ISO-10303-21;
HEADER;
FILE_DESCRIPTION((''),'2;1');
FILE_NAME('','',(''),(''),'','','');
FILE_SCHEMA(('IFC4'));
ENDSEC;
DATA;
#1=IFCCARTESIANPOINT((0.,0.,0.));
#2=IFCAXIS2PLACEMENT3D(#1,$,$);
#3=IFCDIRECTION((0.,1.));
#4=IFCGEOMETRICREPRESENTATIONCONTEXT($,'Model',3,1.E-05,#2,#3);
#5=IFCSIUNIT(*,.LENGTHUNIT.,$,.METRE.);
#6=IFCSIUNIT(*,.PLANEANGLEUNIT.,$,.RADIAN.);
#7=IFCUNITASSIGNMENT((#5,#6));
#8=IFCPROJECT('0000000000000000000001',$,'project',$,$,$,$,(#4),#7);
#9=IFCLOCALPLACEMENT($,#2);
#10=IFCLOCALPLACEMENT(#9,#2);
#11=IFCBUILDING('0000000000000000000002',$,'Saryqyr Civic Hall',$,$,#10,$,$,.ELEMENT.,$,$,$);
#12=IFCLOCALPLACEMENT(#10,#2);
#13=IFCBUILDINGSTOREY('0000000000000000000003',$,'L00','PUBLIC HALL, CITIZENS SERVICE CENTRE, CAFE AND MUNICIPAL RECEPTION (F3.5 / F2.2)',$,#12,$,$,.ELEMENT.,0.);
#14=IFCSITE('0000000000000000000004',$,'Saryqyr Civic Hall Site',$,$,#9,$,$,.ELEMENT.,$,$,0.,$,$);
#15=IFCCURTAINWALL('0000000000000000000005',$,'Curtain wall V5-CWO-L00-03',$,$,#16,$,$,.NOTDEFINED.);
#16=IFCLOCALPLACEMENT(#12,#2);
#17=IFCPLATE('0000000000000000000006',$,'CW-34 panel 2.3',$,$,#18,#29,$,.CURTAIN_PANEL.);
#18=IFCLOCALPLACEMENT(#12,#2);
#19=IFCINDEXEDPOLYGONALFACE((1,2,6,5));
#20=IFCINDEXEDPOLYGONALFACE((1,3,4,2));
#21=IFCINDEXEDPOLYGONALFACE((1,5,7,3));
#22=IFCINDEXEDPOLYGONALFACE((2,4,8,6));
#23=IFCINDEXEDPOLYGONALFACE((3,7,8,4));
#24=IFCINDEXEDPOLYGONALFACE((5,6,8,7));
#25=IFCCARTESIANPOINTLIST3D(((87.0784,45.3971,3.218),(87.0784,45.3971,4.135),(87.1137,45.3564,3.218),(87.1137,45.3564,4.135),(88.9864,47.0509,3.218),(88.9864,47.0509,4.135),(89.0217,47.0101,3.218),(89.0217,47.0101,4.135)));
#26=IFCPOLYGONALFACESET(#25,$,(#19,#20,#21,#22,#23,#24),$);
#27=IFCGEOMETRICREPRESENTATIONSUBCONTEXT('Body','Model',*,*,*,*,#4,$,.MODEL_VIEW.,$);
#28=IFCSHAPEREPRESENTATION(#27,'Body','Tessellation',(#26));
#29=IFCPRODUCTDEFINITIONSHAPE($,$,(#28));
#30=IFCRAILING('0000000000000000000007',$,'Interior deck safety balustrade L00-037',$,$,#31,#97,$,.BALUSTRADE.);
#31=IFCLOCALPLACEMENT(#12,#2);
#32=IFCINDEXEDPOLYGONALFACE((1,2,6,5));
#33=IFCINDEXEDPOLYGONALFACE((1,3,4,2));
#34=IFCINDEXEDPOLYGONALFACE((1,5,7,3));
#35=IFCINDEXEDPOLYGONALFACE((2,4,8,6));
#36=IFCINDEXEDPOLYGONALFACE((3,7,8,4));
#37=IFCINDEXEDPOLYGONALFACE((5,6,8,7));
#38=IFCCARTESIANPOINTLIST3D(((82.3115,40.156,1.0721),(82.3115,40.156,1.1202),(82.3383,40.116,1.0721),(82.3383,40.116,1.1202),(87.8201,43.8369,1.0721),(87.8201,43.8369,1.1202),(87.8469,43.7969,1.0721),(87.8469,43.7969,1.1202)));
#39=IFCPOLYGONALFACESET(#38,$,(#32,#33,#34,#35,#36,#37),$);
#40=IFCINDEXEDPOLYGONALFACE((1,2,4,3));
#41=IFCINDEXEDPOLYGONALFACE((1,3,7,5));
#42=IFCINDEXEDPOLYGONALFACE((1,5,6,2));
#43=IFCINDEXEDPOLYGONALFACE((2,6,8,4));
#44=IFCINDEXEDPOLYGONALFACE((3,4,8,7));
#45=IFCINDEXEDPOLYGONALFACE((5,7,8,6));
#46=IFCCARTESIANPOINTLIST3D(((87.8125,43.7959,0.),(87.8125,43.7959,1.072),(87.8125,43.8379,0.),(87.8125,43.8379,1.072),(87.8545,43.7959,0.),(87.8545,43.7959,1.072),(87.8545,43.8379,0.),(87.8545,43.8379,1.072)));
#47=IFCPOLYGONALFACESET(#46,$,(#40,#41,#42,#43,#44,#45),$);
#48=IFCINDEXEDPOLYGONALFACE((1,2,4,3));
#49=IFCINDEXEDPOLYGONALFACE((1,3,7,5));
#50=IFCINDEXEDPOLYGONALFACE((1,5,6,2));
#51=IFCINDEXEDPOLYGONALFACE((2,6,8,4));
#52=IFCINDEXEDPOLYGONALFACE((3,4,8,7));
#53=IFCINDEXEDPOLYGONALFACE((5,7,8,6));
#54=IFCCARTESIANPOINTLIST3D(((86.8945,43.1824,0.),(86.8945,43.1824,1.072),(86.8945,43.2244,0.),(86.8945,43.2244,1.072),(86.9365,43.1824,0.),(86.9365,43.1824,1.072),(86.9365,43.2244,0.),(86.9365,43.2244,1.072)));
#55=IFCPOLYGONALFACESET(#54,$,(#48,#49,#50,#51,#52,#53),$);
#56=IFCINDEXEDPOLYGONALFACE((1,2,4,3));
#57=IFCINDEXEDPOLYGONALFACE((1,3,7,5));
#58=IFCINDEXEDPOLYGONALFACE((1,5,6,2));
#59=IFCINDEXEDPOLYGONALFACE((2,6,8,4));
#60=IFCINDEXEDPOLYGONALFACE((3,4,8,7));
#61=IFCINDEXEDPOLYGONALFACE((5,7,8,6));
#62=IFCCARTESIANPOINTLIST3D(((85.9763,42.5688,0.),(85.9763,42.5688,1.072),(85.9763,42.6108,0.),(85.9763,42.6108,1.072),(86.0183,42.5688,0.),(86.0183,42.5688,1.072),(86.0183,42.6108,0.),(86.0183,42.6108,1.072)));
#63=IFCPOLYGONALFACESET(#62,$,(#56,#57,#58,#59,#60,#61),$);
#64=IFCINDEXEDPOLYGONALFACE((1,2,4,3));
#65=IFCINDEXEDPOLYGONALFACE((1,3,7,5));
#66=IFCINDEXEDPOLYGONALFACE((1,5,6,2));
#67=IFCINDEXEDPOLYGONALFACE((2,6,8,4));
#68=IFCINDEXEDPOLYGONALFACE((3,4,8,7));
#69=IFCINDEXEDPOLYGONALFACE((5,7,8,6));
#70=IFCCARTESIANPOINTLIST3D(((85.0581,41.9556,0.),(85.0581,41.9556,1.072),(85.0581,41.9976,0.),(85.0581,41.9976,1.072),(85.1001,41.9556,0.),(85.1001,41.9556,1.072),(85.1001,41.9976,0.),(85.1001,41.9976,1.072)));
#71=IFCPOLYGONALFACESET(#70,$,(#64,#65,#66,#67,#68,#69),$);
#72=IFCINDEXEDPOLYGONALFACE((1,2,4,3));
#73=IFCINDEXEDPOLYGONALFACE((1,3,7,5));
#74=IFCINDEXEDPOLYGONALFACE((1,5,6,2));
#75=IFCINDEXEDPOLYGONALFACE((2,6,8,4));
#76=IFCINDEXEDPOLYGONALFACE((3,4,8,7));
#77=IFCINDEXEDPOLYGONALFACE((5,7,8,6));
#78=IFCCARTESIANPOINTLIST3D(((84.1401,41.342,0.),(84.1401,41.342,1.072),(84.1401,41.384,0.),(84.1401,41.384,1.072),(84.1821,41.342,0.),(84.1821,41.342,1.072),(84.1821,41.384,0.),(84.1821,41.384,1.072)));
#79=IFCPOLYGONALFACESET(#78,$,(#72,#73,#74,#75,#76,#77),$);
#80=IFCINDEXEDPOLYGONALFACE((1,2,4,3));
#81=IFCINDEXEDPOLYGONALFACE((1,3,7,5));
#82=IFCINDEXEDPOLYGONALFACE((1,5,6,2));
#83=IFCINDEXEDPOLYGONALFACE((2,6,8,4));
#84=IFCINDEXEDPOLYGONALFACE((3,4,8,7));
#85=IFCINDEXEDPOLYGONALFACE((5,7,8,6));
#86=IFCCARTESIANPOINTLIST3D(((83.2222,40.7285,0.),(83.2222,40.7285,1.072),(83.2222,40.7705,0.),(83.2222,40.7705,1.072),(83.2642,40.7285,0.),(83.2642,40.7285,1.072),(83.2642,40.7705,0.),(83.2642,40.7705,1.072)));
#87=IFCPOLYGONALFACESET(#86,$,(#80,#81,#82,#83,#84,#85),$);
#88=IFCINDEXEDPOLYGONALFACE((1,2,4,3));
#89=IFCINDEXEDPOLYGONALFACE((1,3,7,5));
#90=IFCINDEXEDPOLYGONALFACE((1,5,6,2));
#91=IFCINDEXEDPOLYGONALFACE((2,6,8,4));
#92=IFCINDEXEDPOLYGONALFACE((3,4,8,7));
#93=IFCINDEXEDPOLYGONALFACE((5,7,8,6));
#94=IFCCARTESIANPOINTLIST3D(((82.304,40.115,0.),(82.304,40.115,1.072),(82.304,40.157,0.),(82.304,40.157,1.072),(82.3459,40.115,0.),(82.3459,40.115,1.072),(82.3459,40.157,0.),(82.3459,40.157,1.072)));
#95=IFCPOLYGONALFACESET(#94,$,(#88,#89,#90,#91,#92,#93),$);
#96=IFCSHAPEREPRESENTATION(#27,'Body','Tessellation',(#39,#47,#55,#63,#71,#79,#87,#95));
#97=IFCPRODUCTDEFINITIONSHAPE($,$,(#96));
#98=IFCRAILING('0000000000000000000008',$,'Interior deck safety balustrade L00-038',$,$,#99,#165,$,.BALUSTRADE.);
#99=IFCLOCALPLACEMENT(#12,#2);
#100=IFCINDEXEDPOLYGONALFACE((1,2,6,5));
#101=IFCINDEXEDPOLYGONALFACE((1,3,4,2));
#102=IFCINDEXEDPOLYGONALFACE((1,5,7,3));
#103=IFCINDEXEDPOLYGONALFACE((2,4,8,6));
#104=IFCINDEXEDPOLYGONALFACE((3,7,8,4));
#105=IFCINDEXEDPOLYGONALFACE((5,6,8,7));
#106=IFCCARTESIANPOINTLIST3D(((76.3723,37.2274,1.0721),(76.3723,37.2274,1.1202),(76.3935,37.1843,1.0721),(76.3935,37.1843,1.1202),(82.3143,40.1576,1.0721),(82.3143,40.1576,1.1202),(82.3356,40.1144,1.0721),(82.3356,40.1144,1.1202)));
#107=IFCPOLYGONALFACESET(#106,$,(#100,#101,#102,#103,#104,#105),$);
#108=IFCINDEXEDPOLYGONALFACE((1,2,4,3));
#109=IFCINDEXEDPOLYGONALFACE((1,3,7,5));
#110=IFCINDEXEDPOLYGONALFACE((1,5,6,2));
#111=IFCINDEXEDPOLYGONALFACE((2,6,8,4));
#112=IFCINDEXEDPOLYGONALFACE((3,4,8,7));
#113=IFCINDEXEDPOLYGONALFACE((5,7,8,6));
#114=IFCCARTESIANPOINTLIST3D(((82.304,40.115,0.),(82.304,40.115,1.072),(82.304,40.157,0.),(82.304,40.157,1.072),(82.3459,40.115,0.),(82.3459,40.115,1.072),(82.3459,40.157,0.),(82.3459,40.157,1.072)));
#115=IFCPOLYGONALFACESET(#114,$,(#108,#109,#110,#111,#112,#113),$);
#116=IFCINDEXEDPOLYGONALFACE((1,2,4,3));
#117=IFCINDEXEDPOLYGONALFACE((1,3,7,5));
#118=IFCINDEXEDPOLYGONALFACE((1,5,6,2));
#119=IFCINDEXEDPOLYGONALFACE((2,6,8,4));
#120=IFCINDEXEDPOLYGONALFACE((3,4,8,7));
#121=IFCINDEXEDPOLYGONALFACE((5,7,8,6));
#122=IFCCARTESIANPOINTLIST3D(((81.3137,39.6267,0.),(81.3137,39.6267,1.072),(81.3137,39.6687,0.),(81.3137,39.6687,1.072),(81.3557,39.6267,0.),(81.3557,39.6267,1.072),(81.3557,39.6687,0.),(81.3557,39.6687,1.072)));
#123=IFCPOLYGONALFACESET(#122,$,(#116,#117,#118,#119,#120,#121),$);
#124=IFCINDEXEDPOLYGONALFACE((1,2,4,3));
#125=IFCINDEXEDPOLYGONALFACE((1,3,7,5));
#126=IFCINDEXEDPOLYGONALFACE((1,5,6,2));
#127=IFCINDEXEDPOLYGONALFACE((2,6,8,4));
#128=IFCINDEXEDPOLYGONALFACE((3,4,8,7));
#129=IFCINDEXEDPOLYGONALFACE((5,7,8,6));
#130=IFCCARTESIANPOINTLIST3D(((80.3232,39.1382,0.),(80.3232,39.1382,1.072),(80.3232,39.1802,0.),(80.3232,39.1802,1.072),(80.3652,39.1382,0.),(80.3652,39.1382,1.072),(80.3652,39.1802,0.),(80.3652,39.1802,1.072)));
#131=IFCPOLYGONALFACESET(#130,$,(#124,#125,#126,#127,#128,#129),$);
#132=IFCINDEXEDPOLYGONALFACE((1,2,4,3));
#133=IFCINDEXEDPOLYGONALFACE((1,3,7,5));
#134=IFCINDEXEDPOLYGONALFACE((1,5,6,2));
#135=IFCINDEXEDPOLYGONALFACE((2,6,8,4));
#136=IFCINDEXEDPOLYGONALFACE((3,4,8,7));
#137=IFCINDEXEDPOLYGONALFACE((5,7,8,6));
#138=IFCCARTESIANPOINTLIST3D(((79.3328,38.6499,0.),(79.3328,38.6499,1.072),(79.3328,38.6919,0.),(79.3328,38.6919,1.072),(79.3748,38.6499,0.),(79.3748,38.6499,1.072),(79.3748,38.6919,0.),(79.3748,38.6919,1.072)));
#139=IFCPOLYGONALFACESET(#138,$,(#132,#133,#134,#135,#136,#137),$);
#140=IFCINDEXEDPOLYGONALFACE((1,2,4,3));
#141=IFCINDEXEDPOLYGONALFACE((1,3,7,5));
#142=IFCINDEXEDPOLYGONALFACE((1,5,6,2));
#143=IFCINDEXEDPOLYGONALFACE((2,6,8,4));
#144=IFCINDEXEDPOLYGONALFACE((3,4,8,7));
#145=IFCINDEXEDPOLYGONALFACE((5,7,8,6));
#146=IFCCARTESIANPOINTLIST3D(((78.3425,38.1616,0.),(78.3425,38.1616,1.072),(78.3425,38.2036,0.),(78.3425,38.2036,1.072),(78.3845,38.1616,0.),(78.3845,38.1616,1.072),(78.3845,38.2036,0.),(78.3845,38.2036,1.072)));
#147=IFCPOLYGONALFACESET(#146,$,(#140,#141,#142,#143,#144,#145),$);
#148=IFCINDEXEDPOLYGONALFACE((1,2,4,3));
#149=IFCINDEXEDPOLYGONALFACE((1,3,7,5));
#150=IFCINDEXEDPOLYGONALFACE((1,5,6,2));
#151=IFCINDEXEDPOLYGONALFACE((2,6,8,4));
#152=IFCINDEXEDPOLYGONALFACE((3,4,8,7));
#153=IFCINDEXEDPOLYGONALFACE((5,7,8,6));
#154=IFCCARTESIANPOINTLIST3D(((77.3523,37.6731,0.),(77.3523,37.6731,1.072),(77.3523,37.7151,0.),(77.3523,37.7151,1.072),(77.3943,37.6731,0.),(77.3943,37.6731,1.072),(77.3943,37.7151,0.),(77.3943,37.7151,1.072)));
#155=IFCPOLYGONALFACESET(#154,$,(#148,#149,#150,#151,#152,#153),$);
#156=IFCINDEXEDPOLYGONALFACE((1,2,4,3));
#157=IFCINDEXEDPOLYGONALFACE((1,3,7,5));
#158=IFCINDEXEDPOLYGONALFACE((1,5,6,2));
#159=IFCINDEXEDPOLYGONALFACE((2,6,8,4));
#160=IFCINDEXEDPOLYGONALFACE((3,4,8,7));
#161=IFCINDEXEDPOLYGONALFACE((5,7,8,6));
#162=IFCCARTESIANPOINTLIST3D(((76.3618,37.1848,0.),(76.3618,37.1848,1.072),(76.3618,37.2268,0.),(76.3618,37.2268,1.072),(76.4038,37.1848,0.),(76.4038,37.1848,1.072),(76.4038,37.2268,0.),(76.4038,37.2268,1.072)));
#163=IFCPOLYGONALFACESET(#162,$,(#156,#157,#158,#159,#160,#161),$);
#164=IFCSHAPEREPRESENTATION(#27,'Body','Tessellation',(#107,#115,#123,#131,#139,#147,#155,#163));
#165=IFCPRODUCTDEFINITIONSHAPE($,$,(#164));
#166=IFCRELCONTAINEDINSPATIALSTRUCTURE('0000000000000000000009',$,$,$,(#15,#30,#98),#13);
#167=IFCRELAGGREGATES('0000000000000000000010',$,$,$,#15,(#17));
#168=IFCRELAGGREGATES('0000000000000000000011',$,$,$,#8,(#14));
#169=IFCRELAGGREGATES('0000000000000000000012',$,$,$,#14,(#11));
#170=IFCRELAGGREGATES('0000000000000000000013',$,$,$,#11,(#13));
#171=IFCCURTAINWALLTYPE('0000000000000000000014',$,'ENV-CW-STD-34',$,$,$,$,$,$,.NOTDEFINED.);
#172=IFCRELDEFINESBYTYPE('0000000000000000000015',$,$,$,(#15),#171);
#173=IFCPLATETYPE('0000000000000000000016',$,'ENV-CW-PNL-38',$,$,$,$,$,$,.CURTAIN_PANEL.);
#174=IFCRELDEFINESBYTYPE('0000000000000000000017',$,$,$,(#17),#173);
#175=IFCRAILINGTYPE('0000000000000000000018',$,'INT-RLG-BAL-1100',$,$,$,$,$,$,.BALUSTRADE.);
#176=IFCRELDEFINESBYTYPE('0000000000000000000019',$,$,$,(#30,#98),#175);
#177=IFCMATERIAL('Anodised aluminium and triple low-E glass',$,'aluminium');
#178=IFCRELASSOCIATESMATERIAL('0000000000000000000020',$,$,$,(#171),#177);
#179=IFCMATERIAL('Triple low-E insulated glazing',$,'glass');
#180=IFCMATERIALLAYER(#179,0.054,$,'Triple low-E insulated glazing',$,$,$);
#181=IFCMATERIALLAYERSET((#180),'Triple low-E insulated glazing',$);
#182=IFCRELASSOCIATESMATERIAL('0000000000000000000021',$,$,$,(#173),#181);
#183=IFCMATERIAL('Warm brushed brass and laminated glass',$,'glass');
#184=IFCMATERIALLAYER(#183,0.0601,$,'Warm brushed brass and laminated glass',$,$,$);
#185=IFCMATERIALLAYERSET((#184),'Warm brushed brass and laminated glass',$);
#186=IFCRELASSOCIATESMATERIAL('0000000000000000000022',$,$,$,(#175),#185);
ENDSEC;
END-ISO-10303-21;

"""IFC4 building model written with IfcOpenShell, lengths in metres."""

from ifc_helpers import new_model, si_unit, direction, frame, origin, origin_2d, place, context, subcontext, project, spatial, rectangle, extrude, material, layer, layer_set, type_object, element, aggregate, save


model = new_model("IFC4")

# Units and contexts
model_context = context("Model", 3, precision=1e-05, world=origin(), true_north=direction((0.0, 1.0)))
body_context = subcontext(model_context, "Body", "Model", "MODEL_VIEW")
ifc_project = project(units=[si_unit("LENGTHUNIT", "METRE"), si_unit("PLANEANGLEUNIT", "RADIAN")], contexts=[model_context])

# Site, building, storey
site_placement = place(None, origin())
site = spatial("IfcSite", under=ifc_project, at=site_placement, Name="Saryqyr Civic Hall Site", CompositionType="ELEMENT", RefElevation=0.0)
building_placement = place(site_placement, origin())
building = spatial("IfcBuilding", under=site, at=building_placement, Name="Saryqyr Civic Hall", CompositionType="ELEMENT")
storey_placement = place(building_placement, origin())
storey = spatial("IfcBuildingStorey", under=building, at=storey_placement, Name="L00", Description="PUBLIC HALL, CITIZENS SERVICE CENTRE, CAFE AND MUNICIPAL RECEPTION (F3.5 / F2.2)", CompositionType="ELEMENT", Elevation=0.0)

# Shared definitions
ifc_material_1 = material(Name="Anodised aluminium and triple low-E glass", Category="aluminium")

# Curtain wall
curtain_wall_type_1 = type_object("IfcCurtainWallType", Name="ENV-CW-STD-34", PredefinedType="NOTDEFINED", material=ifc_material_1)
curtain_wall_1_placement = place(storey_placement, origin())
curtain_wall_1 = element("IfcCurtainWall", 1, at=curtain_wall_1_placement, inside=storey, type_object=curtain_wall_type_1, Name="Curtain wall V5-CWO-L00-03", PredefinedType="NOTDEFINED")

# Plate
ifc_material_2 = material(Name="Triple low-E insulated glazing", Category="glass")
ifc_layer_1 = layer(ifc_material_2, 0.054, Name="Triple low-E insulated glazing")
ifc_layer_set_1 = layer_set([ifc_layer_1], Name="Triple low-E insulated glazing")
plate_type = type_object("IfcPlateType", Name="ENV-CW-PNL-38", PredefinedType="CURTAIN_PANEL", material=ifc_layer_set_1)
plate_1_placement = place(storey_placement, frame((88.05, 46.2036, 3.218), z_axis=(0.0, 0.0, 1.0), x_axis=(-0.755656, -0.654968, 0.0)))
plate_1 = element("IfcPlate", 2, at=plate_1_placement, type_object=plate_type, Name="CW-34 panel 2.3", PredefinedType="CURTAIN_PANEL", context=body_context, shape_type="SweptSolid", body=[
    extrude(rectangle(XDim=2.5249, YDim=0.054, at=origin_2d()), origin(), (0.0, 0.0, 1.0), 0.917),
])
aggregate(curtain_wall_1, [plate_1])

# Railings
ifc_material_3 = material(Name="Warm brushed brass and laminated glass", Category="glass")
ifc_layer_2 = layer(ifc_material_3, 0.0601, Name="Warm brushed brass and laminated glass")
ifc_layer_set_2 = layer_set([ifc_layer_2], Name="Warm brushed brass and laminated glass")
railing_type = type_object("IfcRailingType", Name="INT-RLG-BAL-1100", PredefinedType="BALUSTRADE", material=ifc_layer_set_2)
railing_1_placement = place(storey_placement, frame((87.8335, 43.8169, 0.0)))
element("IfcRailing", 3, at=railing_1_placement, inside=storey, type_object=railing_type, Name="Interior deck safety balustrade L00-037", PredefinedType="BALUSTRADE", context=body_context, shape_type="SweptSolid", body=[
    extrude(rectangle(XDim=0.0481, YDim=0.0481, at=origin_2d()), frame((0.0, 0.0, 1.0962), z_axis=(-0.831455, -0.555593, 0.0), x_axis=(0.555593, -0.831455, 0.0)), (0.0, 0.0, 1.0), 6.6252),
    extrude(rectangle(XDim=0.042, YDim=0.042, at=origin_2d()), origin(), (0.0, 0.0, 1.0), 1.072),
    extrude(rectangle(XDim=0.042, YDim=0.042, at=origin_2d()), frame((-0.918, -0.6135, 0.0)), (0.0, 0.0, 1.0), 1.072),
    extrude(rectangle(XDim=0.042, YDim=0.042, at=origin_2d()), frame((-1.8362, -1.2271, 0.0)), (0.0, 0.0, 1.0), 1.072),
    extrude(rectangle(XDim=0.042, YDim=0.042, at=origin_2d()), frame((-2.7544, -1.8403, 0.0)), (0.0, 0.0, 1.0), 1.072),
    extrude(rectangle(XDim=0.042, YDim=0.042, at=origin_2d()), frame((-3.6724, -2.4539, 0.0)), (0.0, 0.0, 1.0), 1.072),
    extrude(rectangle(XDim=0.042, YDim=0.042, at=origin_2d()), frame((-4.5903, -3.0674, 0.0)), (0.0, 0.0, 1.0), 1.072),
    extrude(rectangle(XDim=0.042, YDim=0.042, at=origin_2d()), frame((-5.5085, -3.6809, 0.0)), (0.0, 0.0, 1.0), 1.072),
])
railing_2_placement = place(storey_placement, frame((82.325, 40.136, 0.0)))
element("IfcRailing", 4, at=railing_2_placement, inside=storey, type_object=railing_type, Name="Interior deck safety balustrade L00-038", PredefinedType="BALUSTRADE", context=body_context, shape_type="SweptSolid", body=[
    extrude(rectangle(XDim=0.0481, YDim=0.0481, at=origin_2d()), frame((0.0, 0.0, 1.0962), z_axis=(-0.896882, -0.442269, 0.0), x_axis=(0.442269, -0.896882, 0.0)), (0.0, 0.0, 1.0), 6.6252),
    extrude(rectangle(XDim=0.042, YDim=0.042, at=origin_2d()), origin(), (0.0, 0.0, 1.0), 1.072),
    extrude(rectangle(XDim=0.042, YDim=0.042, at=origin_2d()), frame((-0.9902, -0.4883, 0.0)), (0.0, 0.0, 1.0), 1.072),
    extrude(rectangle(XDim=0.042, YDim=0.042, at=origin_2d()), frame((-1.9807, -0.9768, 0.0)), (0.0, 0.0, 1.0), 1.072),
    extrude(rectangle(XDim=0.042, YDim=0.042, at=origin_2d()), frame((-2.9712, -1.4651, 0.0)), (0.0, 0.0, 1.0), 1.072),
    extrude(rectangle(XDim=0.042, YDim=0.042, at=origin_2d()), frame((-3.9614, -1.9534, 0.0)), (0.0, 0.0, 1.0), 1.072),
    extrude(rectangle(XDim=0.042, YDim=0.042, at=origin_2d()), frame((-4.9517, -2.4419, 0.0)), (0.0, 0.0, 1.0), 1.072),
    extrude(rectangle(XDim=0.042, YDim=0.042, at=origin_2d()), frame((-5.9421, -2.9302, 0.0)), (0.0, 0.0, 1.0), 1.072),
])

save(model, "model.ifc")
